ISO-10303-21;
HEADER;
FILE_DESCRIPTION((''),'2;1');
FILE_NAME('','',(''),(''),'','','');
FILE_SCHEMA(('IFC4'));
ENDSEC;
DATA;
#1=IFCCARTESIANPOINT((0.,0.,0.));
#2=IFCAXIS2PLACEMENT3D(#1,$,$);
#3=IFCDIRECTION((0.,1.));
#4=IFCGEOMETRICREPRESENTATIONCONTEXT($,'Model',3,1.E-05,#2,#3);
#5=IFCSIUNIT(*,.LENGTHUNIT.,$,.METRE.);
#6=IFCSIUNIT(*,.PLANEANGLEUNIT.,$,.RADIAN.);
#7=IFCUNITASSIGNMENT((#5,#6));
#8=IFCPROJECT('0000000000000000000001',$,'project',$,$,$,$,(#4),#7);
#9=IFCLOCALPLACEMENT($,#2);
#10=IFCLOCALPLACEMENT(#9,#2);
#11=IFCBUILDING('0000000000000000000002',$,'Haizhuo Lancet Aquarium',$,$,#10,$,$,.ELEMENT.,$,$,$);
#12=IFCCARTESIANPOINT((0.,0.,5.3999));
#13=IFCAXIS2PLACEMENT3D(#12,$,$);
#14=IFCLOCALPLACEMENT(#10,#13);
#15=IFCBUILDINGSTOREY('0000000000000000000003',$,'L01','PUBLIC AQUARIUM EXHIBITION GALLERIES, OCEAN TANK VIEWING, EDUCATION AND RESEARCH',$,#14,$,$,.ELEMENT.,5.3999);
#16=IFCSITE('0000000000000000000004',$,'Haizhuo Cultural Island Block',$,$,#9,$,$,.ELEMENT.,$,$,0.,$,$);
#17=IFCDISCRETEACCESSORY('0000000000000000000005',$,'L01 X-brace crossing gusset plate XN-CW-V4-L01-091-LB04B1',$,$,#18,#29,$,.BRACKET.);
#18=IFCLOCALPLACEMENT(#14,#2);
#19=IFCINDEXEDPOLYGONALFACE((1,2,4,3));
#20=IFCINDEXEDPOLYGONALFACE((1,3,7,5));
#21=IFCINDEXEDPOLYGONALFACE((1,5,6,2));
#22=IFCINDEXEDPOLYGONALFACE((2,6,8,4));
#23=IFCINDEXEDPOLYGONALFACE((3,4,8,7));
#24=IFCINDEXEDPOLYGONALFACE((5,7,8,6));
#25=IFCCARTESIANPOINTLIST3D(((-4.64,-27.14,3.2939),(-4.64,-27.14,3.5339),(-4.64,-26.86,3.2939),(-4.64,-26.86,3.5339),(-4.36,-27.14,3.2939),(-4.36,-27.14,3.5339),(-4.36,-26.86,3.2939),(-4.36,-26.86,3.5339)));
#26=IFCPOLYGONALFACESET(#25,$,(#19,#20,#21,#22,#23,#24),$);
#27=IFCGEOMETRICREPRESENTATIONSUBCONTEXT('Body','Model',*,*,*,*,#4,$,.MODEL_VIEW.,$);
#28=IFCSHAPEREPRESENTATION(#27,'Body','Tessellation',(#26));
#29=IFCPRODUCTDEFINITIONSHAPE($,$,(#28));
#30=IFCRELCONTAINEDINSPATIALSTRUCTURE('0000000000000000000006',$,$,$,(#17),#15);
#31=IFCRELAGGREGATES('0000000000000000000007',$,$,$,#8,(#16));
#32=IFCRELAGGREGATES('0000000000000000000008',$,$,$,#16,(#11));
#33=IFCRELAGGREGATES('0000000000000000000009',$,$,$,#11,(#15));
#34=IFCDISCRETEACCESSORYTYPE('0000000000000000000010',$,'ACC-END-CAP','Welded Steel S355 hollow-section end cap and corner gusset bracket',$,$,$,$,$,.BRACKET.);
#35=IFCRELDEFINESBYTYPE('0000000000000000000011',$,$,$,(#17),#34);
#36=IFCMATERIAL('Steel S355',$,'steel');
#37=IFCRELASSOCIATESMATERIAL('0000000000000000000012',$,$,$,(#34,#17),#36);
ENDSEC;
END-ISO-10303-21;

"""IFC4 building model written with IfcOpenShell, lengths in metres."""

from ifc_helpers import new_model, si_unit, direction, frame, origin, origin_2d, place, context, subcontext, project, spatial, rectangle, extrude, material, type_object, element, save


model = new_model("IFC4")

# Units and contexts
model_context = context("Model", 3, precision=1e-05, world=origin(), true_north=direction((0.0, 1.0)))
body_context = subcontext(model_context, "Body", "Model", "MODEL_VIEW")
ifc_project = project(units=[si_unit("LENGTHUNIT", "METRE"), si_unit("PLANEANGLEUNIT", "RADIAN")], contexts=[model_context])

# Site, building, storey
site_placement = place(None, origin())
site = spatial("IfcSite", under=ifc_project, at=site_placement, Name="Haizhuo Cultural Island Block", CompositionType="ELEMENT", RefElevation=0.0)
building_placement = place(site_placement, origin())
building = spatial("IfcBuilding", under=site, at=building_placement, Name="Haizhuo Lancet Aquarium", CompositionType="ELEMENT")
storey_placement = place(building_placement, frame((0.0, 0.0, 5.3999)))
storey = spatial("IfcBuildingStorey", under=building, at=storey_placement, Name="L01", Description="PUBLIC AQUARIUM EXHIBITION GALLERIES, OCEAN TANK VIEWING, EDUCATION AND RESEARCH", CompositionType="ELEMENT", Elevation=5.3999)

# Shared definitions
ifc_material_1 = material(Name="Steel S355", Category="steel")

# Discrete accessory
discrete_accessory_type = type_object("IfcDiscreteAccessoryType", Name="ACC-END-CAP", Description="Welded Steel S355 hollow-section end cap and corner gusset bracket", PredefinedType="BRACKET", material=ifc_material_1)
for number, where, z_axis, x_axis, name in (
    (1, (-4.5, -27.0, 3.2939), (0.0, 0.0, 1.0), (1.0, 0.0, 0.0), "L01 X-brace crossing gusset plate XN-CW-V4-L01-091-LB04B1"),
):
    element("IfcDiscreteAccessory", number, at=place(storey_placement, frame(where, z_axis=z_axis, x_axis=x_axis)), inside=storey, type_object=discrete_accessory_type, material=ifc_material_1, Name=name, PredefinedType="BRACKET", context=body_context, shape_type="SweptSolid", body=[
        extrude(rectangle(XDim=0.28, YDim=0.28, at=origin_2d()), origin(), (0.0, 0.0, 1.0), 0.24),
    ])

save(model, "model.ifc")
